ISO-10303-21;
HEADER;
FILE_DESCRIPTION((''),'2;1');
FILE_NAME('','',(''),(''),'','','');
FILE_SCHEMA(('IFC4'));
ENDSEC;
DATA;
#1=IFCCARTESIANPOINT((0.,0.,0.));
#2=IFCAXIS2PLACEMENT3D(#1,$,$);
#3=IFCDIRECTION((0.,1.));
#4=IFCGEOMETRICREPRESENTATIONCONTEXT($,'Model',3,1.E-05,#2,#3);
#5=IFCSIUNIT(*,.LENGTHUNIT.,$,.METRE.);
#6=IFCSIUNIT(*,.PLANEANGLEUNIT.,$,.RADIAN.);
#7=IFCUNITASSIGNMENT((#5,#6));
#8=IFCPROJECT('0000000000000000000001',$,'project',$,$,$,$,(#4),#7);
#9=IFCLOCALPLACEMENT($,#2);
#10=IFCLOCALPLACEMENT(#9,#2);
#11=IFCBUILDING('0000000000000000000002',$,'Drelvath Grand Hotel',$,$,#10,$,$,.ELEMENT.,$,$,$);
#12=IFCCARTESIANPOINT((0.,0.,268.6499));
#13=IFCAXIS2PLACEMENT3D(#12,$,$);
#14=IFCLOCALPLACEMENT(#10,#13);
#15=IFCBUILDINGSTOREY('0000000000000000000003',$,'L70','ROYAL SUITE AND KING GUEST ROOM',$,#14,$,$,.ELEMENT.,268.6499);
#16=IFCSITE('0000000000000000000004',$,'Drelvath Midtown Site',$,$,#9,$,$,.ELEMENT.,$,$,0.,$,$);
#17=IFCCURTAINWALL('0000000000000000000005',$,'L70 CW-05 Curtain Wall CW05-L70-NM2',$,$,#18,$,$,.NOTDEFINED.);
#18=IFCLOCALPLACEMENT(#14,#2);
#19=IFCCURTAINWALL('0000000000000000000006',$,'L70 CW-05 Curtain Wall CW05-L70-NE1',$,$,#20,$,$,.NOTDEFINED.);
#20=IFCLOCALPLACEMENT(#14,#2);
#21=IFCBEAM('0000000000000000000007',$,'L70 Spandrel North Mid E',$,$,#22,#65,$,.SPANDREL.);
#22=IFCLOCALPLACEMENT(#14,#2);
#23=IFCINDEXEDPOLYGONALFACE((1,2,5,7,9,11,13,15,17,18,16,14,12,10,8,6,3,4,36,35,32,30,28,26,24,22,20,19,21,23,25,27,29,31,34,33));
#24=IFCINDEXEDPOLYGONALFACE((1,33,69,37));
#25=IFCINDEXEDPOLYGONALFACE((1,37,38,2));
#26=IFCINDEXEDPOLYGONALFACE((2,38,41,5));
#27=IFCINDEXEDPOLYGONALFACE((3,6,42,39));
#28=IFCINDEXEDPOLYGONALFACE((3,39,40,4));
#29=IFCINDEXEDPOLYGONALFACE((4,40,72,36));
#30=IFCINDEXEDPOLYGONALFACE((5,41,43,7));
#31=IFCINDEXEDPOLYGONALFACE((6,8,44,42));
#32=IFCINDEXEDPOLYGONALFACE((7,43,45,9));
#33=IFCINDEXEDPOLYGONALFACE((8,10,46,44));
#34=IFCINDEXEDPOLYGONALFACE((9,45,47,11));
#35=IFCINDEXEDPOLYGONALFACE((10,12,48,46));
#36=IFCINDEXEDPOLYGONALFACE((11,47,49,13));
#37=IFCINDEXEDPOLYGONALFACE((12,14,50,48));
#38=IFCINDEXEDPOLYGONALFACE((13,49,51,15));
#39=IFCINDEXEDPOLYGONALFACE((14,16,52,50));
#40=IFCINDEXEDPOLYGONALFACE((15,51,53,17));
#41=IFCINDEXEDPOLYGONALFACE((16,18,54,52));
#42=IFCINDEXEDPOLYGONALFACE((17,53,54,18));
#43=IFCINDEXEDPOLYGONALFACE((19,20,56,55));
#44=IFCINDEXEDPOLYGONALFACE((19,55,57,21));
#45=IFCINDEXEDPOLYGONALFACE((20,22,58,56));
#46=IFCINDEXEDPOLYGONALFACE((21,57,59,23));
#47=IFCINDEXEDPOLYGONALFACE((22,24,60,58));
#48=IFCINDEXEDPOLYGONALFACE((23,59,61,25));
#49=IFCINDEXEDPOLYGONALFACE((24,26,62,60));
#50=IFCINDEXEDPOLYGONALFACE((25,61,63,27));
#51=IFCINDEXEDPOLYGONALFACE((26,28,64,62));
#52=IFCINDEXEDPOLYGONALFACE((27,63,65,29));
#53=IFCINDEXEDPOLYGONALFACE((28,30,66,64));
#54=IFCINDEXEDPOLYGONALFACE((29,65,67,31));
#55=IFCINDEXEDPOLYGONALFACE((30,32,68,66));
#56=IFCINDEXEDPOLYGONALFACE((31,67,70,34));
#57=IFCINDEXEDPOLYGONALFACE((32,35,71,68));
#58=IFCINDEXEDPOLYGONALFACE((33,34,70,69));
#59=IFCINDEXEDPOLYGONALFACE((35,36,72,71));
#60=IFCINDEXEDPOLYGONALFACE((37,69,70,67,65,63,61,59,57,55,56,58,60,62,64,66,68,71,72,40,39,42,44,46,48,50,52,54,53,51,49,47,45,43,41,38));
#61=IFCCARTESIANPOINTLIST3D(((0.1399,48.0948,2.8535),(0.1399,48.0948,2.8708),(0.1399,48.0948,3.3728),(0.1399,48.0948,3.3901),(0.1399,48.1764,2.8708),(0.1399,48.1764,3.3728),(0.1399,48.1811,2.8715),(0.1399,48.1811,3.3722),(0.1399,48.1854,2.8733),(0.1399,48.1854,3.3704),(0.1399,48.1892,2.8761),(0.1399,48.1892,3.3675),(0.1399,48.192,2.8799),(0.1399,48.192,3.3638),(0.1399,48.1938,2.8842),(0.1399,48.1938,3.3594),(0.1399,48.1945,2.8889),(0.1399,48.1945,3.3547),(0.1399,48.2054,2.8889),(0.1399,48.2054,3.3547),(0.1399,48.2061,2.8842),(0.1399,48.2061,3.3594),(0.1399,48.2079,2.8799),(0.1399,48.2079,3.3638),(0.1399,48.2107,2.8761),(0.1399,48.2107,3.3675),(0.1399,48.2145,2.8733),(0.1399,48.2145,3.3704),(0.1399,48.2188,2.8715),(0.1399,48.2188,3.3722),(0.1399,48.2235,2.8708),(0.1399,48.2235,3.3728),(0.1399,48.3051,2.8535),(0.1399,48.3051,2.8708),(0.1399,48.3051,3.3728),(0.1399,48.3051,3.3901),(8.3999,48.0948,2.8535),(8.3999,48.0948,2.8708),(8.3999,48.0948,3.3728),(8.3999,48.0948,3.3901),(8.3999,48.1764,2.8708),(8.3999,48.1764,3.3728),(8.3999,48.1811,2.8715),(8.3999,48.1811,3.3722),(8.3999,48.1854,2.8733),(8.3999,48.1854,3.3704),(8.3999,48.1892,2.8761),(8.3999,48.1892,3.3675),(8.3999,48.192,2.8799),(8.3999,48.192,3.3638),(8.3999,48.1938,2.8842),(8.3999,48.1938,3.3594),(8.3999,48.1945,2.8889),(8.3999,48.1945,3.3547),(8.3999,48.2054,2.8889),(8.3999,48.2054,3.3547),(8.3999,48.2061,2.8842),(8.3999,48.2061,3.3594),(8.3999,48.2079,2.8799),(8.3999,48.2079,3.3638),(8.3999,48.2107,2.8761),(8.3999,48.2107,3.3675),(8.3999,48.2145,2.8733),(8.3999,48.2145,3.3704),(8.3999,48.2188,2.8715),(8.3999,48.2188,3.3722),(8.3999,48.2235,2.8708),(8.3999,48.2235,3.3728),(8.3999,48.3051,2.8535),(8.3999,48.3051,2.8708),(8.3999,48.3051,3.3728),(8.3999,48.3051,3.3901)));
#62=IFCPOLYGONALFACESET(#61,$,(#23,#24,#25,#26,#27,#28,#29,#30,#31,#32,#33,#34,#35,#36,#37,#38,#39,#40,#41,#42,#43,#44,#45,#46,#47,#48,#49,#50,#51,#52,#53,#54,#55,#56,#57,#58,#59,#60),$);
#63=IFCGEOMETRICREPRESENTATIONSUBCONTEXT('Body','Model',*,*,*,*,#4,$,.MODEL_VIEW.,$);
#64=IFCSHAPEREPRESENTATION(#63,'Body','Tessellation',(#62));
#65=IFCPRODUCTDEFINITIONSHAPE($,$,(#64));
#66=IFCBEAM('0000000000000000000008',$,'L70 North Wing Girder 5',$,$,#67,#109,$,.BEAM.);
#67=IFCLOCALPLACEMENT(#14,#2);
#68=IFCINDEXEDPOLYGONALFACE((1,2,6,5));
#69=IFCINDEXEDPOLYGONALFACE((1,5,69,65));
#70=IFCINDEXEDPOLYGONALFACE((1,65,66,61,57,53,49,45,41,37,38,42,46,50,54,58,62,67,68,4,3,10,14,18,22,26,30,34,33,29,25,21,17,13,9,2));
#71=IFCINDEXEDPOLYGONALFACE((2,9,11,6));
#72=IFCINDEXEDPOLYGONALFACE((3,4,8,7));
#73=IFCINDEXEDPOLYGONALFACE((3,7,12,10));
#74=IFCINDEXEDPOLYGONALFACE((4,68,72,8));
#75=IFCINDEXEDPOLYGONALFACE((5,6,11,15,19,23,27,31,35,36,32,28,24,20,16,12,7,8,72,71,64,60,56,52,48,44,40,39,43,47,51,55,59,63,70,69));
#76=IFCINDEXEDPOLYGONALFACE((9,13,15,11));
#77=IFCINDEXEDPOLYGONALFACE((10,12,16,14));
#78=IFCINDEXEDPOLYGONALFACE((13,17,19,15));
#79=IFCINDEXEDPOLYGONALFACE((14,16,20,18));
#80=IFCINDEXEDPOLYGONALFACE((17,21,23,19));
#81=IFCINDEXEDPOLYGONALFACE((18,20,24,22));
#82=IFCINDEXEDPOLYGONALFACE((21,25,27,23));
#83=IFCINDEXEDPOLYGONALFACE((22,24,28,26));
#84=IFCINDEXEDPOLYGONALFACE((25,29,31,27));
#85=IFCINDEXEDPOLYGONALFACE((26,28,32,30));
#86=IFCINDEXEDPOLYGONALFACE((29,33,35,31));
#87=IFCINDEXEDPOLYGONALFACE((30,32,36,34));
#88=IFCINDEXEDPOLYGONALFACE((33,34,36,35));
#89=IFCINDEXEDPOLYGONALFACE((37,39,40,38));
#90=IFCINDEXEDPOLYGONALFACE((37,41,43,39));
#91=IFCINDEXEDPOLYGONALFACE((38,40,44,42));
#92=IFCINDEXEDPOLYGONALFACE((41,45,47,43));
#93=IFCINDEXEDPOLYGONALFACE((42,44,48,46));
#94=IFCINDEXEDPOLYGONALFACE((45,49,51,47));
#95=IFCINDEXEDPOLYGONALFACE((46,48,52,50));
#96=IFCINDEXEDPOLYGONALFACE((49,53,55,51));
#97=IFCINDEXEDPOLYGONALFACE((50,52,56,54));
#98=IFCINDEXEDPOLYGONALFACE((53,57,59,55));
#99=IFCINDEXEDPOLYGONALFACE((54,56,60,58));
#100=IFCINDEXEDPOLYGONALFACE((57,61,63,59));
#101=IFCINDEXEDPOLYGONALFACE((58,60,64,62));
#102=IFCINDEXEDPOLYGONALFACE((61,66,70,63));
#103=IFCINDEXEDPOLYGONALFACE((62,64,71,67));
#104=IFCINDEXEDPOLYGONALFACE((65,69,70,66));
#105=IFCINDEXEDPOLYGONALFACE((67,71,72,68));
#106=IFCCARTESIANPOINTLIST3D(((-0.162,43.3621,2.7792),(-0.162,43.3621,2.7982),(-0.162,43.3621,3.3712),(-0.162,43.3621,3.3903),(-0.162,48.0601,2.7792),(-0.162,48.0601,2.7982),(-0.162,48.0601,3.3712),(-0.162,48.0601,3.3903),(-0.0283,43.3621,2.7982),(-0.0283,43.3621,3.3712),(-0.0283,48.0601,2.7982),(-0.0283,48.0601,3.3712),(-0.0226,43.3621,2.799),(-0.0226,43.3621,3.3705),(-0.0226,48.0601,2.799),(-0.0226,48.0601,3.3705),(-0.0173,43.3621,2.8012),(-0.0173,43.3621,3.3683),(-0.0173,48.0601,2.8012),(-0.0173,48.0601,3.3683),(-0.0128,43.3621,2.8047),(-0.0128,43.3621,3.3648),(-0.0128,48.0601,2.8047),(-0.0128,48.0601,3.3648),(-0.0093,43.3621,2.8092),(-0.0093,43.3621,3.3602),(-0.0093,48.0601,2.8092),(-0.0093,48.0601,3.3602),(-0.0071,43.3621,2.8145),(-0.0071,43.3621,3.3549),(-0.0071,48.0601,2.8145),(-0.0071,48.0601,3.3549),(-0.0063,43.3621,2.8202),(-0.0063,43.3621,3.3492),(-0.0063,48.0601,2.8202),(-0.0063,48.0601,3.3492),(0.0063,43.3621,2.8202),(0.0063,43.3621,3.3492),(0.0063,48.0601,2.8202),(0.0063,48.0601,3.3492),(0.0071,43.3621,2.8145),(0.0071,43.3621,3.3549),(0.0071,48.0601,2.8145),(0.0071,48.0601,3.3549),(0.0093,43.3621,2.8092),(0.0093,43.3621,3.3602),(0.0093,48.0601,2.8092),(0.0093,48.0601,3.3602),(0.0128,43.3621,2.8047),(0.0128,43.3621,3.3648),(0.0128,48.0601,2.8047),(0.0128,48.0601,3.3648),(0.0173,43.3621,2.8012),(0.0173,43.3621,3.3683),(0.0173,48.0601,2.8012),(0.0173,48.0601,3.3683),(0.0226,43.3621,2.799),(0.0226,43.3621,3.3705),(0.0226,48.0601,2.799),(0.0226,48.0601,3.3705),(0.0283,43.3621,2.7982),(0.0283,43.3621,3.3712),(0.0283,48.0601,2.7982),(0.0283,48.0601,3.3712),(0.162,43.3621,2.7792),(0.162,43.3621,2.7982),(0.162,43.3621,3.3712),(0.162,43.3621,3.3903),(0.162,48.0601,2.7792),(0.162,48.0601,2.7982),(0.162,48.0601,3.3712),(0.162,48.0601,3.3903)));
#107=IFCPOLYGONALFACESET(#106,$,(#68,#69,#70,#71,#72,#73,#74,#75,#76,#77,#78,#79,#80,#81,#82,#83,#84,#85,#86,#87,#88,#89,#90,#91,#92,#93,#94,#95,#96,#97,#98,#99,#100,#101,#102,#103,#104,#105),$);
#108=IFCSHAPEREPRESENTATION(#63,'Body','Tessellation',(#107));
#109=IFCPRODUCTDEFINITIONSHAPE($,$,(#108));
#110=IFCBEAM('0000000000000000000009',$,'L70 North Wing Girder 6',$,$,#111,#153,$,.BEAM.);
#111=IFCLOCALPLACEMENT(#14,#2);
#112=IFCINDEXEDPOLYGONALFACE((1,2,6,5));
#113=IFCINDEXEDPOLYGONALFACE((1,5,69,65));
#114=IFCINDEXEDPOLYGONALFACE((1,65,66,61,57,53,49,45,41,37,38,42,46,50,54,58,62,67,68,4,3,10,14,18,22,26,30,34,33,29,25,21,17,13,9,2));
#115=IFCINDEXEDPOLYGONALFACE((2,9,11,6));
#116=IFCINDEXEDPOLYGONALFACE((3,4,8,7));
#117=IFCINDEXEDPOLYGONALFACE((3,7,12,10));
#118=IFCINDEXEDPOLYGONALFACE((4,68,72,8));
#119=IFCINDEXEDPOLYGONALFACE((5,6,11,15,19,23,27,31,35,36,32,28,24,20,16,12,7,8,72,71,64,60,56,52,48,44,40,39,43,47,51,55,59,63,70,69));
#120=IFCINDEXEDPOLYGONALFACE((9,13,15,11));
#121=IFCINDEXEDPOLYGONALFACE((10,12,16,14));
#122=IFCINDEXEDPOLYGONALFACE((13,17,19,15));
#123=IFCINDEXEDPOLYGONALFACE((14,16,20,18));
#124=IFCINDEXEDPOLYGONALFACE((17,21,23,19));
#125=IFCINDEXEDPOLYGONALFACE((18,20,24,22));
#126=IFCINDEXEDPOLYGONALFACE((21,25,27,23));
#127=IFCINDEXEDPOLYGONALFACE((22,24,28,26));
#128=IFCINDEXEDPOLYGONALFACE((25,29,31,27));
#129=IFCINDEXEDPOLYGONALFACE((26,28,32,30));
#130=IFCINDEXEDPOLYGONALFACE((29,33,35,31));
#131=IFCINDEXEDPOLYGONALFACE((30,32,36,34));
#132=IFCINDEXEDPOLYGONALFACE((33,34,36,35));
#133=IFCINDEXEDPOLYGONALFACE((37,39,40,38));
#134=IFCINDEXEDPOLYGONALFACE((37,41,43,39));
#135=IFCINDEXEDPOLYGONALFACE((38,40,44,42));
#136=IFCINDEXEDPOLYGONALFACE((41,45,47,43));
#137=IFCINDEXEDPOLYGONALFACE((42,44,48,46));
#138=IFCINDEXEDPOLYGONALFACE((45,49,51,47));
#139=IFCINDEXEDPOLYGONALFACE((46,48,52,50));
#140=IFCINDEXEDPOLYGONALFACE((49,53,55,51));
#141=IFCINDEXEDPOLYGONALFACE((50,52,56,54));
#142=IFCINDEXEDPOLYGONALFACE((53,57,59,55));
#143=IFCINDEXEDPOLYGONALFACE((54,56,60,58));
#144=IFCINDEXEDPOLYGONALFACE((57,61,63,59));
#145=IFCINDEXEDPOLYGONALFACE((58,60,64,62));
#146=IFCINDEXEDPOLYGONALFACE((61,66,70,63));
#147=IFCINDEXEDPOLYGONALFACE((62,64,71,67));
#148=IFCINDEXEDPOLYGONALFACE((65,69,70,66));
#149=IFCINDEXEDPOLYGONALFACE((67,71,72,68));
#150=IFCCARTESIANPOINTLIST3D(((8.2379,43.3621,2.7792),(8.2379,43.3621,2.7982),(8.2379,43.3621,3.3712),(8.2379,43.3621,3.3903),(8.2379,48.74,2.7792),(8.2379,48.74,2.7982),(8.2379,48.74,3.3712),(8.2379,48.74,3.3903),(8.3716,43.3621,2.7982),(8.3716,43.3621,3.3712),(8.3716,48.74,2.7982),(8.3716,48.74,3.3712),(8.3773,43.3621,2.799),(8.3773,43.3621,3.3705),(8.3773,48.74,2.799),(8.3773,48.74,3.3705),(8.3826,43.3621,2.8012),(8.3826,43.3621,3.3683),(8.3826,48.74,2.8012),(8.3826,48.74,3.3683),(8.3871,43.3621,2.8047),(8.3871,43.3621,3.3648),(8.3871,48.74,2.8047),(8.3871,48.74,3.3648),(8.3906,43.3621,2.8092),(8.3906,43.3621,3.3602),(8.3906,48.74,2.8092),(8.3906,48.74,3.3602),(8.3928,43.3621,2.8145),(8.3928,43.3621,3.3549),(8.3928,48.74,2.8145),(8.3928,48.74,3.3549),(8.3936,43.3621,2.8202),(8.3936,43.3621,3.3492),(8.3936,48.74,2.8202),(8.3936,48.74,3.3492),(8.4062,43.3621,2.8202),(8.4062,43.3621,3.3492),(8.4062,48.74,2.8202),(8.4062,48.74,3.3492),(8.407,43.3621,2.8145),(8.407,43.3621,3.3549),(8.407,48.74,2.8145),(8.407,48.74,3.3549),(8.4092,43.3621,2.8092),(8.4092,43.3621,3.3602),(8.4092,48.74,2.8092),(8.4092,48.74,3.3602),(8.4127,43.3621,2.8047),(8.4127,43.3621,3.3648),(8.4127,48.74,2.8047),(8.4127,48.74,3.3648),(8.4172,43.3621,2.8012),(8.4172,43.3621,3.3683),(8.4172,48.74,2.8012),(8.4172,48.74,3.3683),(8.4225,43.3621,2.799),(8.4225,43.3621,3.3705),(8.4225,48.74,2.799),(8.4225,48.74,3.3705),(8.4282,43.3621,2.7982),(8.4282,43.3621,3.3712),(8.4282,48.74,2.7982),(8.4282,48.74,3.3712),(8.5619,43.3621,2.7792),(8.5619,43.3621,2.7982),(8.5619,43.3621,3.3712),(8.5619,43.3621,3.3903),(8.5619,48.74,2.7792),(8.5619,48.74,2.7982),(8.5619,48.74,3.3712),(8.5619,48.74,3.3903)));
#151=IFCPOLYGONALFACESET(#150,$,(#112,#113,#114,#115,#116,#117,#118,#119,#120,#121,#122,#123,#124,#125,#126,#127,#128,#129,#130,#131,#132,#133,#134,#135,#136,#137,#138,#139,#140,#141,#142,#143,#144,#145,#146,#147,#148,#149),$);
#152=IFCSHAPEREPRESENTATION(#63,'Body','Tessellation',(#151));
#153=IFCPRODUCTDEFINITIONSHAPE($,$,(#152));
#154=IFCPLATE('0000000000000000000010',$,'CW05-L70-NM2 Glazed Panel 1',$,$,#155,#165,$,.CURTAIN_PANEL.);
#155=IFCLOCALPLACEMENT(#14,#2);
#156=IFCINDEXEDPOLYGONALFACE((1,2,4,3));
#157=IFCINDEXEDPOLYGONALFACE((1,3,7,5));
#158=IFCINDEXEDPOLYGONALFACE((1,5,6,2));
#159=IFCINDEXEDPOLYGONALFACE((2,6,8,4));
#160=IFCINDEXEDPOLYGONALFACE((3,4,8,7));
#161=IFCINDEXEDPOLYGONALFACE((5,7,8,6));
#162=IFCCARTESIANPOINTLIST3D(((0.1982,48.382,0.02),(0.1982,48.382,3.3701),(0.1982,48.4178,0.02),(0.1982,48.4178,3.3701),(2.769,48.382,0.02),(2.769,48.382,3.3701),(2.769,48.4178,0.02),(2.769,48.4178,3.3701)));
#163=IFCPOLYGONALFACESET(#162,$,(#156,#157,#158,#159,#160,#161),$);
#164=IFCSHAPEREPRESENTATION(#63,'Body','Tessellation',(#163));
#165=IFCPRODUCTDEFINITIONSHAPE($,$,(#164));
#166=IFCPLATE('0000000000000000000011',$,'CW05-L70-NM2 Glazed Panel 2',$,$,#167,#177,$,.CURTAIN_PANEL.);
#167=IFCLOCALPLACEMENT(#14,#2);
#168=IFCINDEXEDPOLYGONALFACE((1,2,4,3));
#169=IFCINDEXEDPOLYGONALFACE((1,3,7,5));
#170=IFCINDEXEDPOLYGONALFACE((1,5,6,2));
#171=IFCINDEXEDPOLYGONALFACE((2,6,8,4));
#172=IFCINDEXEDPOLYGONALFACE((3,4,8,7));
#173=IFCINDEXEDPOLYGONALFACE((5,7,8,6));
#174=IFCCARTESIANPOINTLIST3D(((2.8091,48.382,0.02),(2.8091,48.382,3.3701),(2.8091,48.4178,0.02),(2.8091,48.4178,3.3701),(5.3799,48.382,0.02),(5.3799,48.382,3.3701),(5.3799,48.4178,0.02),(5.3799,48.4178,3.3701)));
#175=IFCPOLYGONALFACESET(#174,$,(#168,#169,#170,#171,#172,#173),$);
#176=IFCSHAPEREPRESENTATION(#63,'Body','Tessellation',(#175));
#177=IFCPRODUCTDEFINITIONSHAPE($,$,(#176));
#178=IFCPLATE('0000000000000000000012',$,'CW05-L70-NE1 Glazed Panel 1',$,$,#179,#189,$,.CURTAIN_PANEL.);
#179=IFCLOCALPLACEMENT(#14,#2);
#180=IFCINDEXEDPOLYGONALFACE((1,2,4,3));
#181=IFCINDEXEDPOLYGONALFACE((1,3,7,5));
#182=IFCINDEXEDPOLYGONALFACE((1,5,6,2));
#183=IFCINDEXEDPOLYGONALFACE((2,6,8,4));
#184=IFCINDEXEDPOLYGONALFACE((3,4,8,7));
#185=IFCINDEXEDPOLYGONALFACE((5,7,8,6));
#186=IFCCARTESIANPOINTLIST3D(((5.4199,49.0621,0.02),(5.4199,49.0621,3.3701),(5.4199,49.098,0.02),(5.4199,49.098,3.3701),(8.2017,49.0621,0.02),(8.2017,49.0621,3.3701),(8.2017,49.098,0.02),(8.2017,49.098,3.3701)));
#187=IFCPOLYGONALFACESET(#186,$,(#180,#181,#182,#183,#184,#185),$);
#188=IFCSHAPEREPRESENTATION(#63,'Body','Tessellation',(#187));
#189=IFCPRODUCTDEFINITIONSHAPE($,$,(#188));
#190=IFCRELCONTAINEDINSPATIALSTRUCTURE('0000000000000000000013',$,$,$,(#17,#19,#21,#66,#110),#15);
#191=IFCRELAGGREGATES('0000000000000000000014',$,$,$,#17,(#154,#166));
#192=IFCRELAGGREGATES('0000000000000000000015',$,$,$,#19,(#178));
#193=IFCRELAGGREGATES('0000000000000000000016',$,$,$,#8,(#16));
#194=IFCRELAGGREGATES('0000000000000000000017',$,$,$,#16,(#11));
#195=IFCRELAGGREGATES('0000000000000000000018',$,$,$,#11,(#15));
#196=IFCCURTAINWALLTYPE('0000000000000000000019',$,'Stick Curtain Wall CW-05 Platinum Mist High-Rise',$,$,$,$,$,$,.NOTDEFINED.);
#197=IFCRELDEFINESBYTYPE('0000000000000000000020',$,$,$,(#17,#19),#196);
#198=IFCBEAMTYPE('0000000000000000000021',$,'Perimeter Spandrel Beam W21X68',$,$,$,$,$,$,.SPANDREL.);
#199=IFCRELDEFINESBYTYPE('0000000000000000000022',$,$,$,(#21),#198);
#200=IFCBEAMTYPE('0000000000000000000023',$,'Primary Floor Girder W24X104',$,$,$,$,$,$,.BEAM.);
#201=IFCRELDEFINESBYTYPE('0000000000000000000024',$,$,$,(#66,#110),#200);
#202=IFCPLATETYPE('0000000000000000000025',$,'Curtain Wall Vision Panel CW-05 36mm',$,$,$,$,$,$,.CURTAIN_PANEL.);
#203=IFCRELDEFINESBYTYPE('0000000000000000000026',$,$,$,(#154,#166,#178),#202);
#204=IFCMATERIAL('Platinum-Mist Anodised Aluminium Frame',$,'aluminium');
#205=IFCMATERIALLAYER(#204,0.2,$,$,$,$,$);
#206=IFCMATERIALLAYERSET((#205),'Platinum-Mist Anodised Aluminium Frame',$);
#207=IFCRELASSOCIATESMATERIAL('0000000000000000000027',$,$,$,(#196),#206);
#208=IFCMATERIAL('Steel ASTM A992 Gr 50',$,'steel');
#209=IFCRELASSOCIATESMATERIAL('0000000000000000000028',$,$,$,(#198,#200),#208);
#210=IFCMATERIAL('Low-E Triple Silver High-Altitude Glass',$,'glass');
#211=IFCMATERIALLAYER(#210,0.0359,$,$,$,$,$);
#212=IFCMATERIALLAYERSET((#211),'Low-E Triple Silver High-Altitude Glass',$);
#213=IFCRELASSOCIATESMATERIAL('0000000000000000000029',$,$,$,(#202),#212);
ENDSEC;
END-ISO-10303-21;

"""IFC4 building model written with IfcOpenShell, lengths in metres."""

from ifc_helpers import new_model, si_unit, direction, frame, origin, origin_2d, place, context, subcontext, project, spatial, rectangle, i_section, extrude, material, layer, layer_set, material_profile, profile_set, type_object, element, aggregate, save


model = new_model("IFC4")

# Units and contexts
model_context = context("Model", 3, precision=1e-05, world=origin(), true_north=direction((0.0, 1.0)))
body_context = subcontext(model_context, "Body", "Model", "MODEL_VIEW")
ifc_project = project(units=[si_unit("LENGTHUNIT", "METRE"), si_unit("PLANEANGLEUNIT", "RADIAN")], contexts=[model_context])

# Site, building, storey
site_placement = place(None, origin())
site = spatial("IfcSite", under=ifc_project, at=site_placement, Name="Drelvath Midtown Site", CompositionType="ELEMENT", RefElevation=0.0)
building_placement = place(site_placement, origin())
building = spatial("IfcBuilding", under=site, at=building_placement, Name="Drelvath Grand Hotel", CompositionType="ELEMENT")
storey_placement = place(building_placement, frame((0.0, 0.0, 268.6499)))
storey = spatial("IfcBuildingStorey", under=building, at=storey_placement, Name="L70", Description="ROYAL SUITE AND KING GUEST ROOM", CompositionType="ELEMENT", Elevation=268.6499)

# Curtain walls
ifc_material_1 = material(Name="Platinum-Mist Anodised Aluminium Frame", Category="aluminium")
ifc_layer_1 = layer(ifc_material_1, 0.2)
ifc_layer_set_1 = layer_set([ifc_layer_1], Name="Platinum-Mist Anodised Aluminium Frame")
curtain_wall_type = type_object("IfcCurtainWallType", Name="Stick Curtain Wall CW-05 Platinum Mist High-Rise", PredefinedType="NOTDEFINED", material=ifc_layer_set_1)
curtain_wall_1_placement = place(storey_placement, origin())
curtain_wall_1 = element("IfcCurtainWall", 1, at=curtain_wall_1_placement, inside=storey, type_object=curtain_wall_type, Name="L70 CW-05 Curtain Wall CW05-L70-NM2", PredefinedType="NOTDEFINED")
curtain_wall_2_placement = place(storey_placement, origin())
curtain_wall_2 = element("IfcCurtainWall", 2, at=curtain_wall_2_placement, inside=storey, type_object=curtain_wall_type, Name="L70 CW-05 Curtain Wall CW05-L70-NE1", PredefinedType="NOTDEFINED")

# Beams
ifc_material_2 = material(Name="Steel ASTM A992 Gr 50", Category="steel")
ifc_material_profile_1 = material_profile(ifc_material_2, i_section(OverallWidth=0.2102, OverallDepth=0.5366, WebThickness=0.011, FlangeThickness=0.0173, FilletRadius=0.0181, at=origin_2d()), Name="W21X68")
ifc_profile_set_1 = profile_set([ifc_material_profile_1], Name="Steel ASTM A992 Gr 50")
beam_type_1 = type_object("IfcBeamType", Name="Perimeter Spandrel Beam W21X68", PredefinedType="SPANDREL", material=ifc_profile_set_1)
beam_1_placement = place(storey_placement, frame((0.1399, 48.2, 3.1218), z_axis=(1.0, 0.0, 0.0), x_axis=(0.0, 1.0, 0.0)))
element("IfcBeam", 3, at=beam_1_placement, inside=storey, type_object=beam_type_1, Name="L70 Spandrel North Mid E", PredefinedType="SPANDREL", context=body_context, shape_type="SweptSolid", body=[
    extrude(i_section(OverallWidth=0.2102, OverallDepth=0.5366, WebThickness=0.011, FlangeThickness=0.0173, FilletRadius=0.0181, at=origin_2d()), origin(), (0.0, 0.0, 1.0), 8.26),
])
ifc_material_profile_2 = material_profile(ifc_material_2, i_section(OverallWidth=0.324, OverallDepth=0.6111, WebThickness=0.0127, FlangeThickness=0.019, FilletRadius=0.022, at=origin_2d()), Name="W24X104")
ifc_profile_set_2 = profile_set([ifc_material_profile_2], Name="Steel ASTM A992 Gr 50")
beam_type_2 = type_object("IfcBeamType", Name="Primary Floor Girder W24X104", PredefinedType="BEAM", material=ifc_profile_set_2)
beam_2_placement = place(storey_placement, frame((0.0, 43.3621, 3.0847), z_axis=(0.0, 1.0, 0.0), x_axis=(-1.0, 0.0, 0.0)))
element("IfcBeam", 4, at=beam_2_placement, inside=storey, type_object=beam_type_2, Name="L70 North Wing Girder 5", PredefinedType="BEAM", context=body_context, shape_type="SweptSolid", body=[
    extrude(i_section(OverallWidth=0.324, OverallDepth=0.6111, WebThickness=0.0127, FlangeThickness=0.019, FilletRadius=0.022, at=origin_2d()), origin(), (0.0, 0.0, 1.0), 4.698),
])
beam_3_placement = place(storey_placement, frame((8.3999, 43.3621, 3.0847), z_axis=(0.0, 1.0, 0.0), x_axis=(-1.0, 0.0, 0.0)))
element("IfcBeam", 5, at=beam_3_placement, inside=storey, type_object=beam_type_2, Name="L70 North Wing Girder 6", PredefinedType="BEAM", context=body_context, shape_type="SweptSolid", body=[
    extrude(i_section(OverallWidth=0.324, OverallDepth=0.6111, WebThickness=0.0127, FlangeThickness=0.019, FilletRadius=0.022, at=origin_2d()), origin(), (0.0, 0.0, 1.0), 5.3779),
])

# Plates
ifc_material_3 = material(Name="Low-E Triple Silver High-Altitude Glass", Category="glass")
ifc_layer_2 = layer(ifc_material_3, 0.0359)
ifc_layer_set_2 = layer_set([ifc_layer_2], Name="Low-E Triple Silver High-Altitude Glass")
plate_type = type_object("IfcPlateType", Name="Curtain Wall Vision Panel CW-05 36mm", PredefinedType="CURTAIN_PANEL", material=ifc_layer_set_2)
plate_1_placement = place(storey_placement, frame((1.4836, 48.3999, 0.02), z_axis=(0.0, 0.0, 1.0), x_axis=(1.0, 0.0, 0.0)))
plate_1 = element("IfcPlate", 6, at=plate_1_placement, type_object=plate_type, Name="CW05-L70-NM2 Glazed Panel 1", PredefinedType="CURTAIN_PANEL", context=body_context, shape_type="SweptSolid", body=[
    extrude(rectangle(XDim=2.5708, YDim=0.0359, at=origin_2d()), origin(), (0.0, 0.0, 1.0), 3.3501),
])
plate_2_placement = place(storey_placement, frame((4.0945, 48.3999, 0.02), z_axis=(0.0, 0.0, 1.0), x_axis=(1.0, 0.0, 0.0)))
plate_2 = element("IfcPlate", 7, at=plate_2_placement, type_object=plate_type, Name="CW05-L70-NM2 Glazed Panel 2", PredefinedType="CURTAIN_PANEL", context=body_context, shape_type="SweptSolid", body=[
    extrude(rectangle(XDim=2.5708, YDim=0.0359, at=origin_2d()), origin(), (0.0, 0.0, 1.0), 3.3501),
])
aggregate(curtain_wall_1, [plate_1, plate_2])
plate_3_placement = place(storey_placement, frame((6.8108, 49.0801, 0.02), z_axis=(0.0, 0.0, 1.0), x_axis=(1.0, 0.0, 0.0)))
plate_3 = element("IfcPlate", 8, at=plate_3_placement, type_object=plate_type, Name="CW05-L70-NE1 Glazed Panel 1", PredefinedType="CURTAIN_PANEL", context=body_context, shape_type="SweptSolid", body=[
    extrude(rectangle(XDim=2.7817, YDim=0.0359, at=origin_2d()), origin(), (0.0, 0.0, 1.0), 3.3501),
])
aggregate(curtain_wall_2, [plate_3])

save(model, "model.ifc")
